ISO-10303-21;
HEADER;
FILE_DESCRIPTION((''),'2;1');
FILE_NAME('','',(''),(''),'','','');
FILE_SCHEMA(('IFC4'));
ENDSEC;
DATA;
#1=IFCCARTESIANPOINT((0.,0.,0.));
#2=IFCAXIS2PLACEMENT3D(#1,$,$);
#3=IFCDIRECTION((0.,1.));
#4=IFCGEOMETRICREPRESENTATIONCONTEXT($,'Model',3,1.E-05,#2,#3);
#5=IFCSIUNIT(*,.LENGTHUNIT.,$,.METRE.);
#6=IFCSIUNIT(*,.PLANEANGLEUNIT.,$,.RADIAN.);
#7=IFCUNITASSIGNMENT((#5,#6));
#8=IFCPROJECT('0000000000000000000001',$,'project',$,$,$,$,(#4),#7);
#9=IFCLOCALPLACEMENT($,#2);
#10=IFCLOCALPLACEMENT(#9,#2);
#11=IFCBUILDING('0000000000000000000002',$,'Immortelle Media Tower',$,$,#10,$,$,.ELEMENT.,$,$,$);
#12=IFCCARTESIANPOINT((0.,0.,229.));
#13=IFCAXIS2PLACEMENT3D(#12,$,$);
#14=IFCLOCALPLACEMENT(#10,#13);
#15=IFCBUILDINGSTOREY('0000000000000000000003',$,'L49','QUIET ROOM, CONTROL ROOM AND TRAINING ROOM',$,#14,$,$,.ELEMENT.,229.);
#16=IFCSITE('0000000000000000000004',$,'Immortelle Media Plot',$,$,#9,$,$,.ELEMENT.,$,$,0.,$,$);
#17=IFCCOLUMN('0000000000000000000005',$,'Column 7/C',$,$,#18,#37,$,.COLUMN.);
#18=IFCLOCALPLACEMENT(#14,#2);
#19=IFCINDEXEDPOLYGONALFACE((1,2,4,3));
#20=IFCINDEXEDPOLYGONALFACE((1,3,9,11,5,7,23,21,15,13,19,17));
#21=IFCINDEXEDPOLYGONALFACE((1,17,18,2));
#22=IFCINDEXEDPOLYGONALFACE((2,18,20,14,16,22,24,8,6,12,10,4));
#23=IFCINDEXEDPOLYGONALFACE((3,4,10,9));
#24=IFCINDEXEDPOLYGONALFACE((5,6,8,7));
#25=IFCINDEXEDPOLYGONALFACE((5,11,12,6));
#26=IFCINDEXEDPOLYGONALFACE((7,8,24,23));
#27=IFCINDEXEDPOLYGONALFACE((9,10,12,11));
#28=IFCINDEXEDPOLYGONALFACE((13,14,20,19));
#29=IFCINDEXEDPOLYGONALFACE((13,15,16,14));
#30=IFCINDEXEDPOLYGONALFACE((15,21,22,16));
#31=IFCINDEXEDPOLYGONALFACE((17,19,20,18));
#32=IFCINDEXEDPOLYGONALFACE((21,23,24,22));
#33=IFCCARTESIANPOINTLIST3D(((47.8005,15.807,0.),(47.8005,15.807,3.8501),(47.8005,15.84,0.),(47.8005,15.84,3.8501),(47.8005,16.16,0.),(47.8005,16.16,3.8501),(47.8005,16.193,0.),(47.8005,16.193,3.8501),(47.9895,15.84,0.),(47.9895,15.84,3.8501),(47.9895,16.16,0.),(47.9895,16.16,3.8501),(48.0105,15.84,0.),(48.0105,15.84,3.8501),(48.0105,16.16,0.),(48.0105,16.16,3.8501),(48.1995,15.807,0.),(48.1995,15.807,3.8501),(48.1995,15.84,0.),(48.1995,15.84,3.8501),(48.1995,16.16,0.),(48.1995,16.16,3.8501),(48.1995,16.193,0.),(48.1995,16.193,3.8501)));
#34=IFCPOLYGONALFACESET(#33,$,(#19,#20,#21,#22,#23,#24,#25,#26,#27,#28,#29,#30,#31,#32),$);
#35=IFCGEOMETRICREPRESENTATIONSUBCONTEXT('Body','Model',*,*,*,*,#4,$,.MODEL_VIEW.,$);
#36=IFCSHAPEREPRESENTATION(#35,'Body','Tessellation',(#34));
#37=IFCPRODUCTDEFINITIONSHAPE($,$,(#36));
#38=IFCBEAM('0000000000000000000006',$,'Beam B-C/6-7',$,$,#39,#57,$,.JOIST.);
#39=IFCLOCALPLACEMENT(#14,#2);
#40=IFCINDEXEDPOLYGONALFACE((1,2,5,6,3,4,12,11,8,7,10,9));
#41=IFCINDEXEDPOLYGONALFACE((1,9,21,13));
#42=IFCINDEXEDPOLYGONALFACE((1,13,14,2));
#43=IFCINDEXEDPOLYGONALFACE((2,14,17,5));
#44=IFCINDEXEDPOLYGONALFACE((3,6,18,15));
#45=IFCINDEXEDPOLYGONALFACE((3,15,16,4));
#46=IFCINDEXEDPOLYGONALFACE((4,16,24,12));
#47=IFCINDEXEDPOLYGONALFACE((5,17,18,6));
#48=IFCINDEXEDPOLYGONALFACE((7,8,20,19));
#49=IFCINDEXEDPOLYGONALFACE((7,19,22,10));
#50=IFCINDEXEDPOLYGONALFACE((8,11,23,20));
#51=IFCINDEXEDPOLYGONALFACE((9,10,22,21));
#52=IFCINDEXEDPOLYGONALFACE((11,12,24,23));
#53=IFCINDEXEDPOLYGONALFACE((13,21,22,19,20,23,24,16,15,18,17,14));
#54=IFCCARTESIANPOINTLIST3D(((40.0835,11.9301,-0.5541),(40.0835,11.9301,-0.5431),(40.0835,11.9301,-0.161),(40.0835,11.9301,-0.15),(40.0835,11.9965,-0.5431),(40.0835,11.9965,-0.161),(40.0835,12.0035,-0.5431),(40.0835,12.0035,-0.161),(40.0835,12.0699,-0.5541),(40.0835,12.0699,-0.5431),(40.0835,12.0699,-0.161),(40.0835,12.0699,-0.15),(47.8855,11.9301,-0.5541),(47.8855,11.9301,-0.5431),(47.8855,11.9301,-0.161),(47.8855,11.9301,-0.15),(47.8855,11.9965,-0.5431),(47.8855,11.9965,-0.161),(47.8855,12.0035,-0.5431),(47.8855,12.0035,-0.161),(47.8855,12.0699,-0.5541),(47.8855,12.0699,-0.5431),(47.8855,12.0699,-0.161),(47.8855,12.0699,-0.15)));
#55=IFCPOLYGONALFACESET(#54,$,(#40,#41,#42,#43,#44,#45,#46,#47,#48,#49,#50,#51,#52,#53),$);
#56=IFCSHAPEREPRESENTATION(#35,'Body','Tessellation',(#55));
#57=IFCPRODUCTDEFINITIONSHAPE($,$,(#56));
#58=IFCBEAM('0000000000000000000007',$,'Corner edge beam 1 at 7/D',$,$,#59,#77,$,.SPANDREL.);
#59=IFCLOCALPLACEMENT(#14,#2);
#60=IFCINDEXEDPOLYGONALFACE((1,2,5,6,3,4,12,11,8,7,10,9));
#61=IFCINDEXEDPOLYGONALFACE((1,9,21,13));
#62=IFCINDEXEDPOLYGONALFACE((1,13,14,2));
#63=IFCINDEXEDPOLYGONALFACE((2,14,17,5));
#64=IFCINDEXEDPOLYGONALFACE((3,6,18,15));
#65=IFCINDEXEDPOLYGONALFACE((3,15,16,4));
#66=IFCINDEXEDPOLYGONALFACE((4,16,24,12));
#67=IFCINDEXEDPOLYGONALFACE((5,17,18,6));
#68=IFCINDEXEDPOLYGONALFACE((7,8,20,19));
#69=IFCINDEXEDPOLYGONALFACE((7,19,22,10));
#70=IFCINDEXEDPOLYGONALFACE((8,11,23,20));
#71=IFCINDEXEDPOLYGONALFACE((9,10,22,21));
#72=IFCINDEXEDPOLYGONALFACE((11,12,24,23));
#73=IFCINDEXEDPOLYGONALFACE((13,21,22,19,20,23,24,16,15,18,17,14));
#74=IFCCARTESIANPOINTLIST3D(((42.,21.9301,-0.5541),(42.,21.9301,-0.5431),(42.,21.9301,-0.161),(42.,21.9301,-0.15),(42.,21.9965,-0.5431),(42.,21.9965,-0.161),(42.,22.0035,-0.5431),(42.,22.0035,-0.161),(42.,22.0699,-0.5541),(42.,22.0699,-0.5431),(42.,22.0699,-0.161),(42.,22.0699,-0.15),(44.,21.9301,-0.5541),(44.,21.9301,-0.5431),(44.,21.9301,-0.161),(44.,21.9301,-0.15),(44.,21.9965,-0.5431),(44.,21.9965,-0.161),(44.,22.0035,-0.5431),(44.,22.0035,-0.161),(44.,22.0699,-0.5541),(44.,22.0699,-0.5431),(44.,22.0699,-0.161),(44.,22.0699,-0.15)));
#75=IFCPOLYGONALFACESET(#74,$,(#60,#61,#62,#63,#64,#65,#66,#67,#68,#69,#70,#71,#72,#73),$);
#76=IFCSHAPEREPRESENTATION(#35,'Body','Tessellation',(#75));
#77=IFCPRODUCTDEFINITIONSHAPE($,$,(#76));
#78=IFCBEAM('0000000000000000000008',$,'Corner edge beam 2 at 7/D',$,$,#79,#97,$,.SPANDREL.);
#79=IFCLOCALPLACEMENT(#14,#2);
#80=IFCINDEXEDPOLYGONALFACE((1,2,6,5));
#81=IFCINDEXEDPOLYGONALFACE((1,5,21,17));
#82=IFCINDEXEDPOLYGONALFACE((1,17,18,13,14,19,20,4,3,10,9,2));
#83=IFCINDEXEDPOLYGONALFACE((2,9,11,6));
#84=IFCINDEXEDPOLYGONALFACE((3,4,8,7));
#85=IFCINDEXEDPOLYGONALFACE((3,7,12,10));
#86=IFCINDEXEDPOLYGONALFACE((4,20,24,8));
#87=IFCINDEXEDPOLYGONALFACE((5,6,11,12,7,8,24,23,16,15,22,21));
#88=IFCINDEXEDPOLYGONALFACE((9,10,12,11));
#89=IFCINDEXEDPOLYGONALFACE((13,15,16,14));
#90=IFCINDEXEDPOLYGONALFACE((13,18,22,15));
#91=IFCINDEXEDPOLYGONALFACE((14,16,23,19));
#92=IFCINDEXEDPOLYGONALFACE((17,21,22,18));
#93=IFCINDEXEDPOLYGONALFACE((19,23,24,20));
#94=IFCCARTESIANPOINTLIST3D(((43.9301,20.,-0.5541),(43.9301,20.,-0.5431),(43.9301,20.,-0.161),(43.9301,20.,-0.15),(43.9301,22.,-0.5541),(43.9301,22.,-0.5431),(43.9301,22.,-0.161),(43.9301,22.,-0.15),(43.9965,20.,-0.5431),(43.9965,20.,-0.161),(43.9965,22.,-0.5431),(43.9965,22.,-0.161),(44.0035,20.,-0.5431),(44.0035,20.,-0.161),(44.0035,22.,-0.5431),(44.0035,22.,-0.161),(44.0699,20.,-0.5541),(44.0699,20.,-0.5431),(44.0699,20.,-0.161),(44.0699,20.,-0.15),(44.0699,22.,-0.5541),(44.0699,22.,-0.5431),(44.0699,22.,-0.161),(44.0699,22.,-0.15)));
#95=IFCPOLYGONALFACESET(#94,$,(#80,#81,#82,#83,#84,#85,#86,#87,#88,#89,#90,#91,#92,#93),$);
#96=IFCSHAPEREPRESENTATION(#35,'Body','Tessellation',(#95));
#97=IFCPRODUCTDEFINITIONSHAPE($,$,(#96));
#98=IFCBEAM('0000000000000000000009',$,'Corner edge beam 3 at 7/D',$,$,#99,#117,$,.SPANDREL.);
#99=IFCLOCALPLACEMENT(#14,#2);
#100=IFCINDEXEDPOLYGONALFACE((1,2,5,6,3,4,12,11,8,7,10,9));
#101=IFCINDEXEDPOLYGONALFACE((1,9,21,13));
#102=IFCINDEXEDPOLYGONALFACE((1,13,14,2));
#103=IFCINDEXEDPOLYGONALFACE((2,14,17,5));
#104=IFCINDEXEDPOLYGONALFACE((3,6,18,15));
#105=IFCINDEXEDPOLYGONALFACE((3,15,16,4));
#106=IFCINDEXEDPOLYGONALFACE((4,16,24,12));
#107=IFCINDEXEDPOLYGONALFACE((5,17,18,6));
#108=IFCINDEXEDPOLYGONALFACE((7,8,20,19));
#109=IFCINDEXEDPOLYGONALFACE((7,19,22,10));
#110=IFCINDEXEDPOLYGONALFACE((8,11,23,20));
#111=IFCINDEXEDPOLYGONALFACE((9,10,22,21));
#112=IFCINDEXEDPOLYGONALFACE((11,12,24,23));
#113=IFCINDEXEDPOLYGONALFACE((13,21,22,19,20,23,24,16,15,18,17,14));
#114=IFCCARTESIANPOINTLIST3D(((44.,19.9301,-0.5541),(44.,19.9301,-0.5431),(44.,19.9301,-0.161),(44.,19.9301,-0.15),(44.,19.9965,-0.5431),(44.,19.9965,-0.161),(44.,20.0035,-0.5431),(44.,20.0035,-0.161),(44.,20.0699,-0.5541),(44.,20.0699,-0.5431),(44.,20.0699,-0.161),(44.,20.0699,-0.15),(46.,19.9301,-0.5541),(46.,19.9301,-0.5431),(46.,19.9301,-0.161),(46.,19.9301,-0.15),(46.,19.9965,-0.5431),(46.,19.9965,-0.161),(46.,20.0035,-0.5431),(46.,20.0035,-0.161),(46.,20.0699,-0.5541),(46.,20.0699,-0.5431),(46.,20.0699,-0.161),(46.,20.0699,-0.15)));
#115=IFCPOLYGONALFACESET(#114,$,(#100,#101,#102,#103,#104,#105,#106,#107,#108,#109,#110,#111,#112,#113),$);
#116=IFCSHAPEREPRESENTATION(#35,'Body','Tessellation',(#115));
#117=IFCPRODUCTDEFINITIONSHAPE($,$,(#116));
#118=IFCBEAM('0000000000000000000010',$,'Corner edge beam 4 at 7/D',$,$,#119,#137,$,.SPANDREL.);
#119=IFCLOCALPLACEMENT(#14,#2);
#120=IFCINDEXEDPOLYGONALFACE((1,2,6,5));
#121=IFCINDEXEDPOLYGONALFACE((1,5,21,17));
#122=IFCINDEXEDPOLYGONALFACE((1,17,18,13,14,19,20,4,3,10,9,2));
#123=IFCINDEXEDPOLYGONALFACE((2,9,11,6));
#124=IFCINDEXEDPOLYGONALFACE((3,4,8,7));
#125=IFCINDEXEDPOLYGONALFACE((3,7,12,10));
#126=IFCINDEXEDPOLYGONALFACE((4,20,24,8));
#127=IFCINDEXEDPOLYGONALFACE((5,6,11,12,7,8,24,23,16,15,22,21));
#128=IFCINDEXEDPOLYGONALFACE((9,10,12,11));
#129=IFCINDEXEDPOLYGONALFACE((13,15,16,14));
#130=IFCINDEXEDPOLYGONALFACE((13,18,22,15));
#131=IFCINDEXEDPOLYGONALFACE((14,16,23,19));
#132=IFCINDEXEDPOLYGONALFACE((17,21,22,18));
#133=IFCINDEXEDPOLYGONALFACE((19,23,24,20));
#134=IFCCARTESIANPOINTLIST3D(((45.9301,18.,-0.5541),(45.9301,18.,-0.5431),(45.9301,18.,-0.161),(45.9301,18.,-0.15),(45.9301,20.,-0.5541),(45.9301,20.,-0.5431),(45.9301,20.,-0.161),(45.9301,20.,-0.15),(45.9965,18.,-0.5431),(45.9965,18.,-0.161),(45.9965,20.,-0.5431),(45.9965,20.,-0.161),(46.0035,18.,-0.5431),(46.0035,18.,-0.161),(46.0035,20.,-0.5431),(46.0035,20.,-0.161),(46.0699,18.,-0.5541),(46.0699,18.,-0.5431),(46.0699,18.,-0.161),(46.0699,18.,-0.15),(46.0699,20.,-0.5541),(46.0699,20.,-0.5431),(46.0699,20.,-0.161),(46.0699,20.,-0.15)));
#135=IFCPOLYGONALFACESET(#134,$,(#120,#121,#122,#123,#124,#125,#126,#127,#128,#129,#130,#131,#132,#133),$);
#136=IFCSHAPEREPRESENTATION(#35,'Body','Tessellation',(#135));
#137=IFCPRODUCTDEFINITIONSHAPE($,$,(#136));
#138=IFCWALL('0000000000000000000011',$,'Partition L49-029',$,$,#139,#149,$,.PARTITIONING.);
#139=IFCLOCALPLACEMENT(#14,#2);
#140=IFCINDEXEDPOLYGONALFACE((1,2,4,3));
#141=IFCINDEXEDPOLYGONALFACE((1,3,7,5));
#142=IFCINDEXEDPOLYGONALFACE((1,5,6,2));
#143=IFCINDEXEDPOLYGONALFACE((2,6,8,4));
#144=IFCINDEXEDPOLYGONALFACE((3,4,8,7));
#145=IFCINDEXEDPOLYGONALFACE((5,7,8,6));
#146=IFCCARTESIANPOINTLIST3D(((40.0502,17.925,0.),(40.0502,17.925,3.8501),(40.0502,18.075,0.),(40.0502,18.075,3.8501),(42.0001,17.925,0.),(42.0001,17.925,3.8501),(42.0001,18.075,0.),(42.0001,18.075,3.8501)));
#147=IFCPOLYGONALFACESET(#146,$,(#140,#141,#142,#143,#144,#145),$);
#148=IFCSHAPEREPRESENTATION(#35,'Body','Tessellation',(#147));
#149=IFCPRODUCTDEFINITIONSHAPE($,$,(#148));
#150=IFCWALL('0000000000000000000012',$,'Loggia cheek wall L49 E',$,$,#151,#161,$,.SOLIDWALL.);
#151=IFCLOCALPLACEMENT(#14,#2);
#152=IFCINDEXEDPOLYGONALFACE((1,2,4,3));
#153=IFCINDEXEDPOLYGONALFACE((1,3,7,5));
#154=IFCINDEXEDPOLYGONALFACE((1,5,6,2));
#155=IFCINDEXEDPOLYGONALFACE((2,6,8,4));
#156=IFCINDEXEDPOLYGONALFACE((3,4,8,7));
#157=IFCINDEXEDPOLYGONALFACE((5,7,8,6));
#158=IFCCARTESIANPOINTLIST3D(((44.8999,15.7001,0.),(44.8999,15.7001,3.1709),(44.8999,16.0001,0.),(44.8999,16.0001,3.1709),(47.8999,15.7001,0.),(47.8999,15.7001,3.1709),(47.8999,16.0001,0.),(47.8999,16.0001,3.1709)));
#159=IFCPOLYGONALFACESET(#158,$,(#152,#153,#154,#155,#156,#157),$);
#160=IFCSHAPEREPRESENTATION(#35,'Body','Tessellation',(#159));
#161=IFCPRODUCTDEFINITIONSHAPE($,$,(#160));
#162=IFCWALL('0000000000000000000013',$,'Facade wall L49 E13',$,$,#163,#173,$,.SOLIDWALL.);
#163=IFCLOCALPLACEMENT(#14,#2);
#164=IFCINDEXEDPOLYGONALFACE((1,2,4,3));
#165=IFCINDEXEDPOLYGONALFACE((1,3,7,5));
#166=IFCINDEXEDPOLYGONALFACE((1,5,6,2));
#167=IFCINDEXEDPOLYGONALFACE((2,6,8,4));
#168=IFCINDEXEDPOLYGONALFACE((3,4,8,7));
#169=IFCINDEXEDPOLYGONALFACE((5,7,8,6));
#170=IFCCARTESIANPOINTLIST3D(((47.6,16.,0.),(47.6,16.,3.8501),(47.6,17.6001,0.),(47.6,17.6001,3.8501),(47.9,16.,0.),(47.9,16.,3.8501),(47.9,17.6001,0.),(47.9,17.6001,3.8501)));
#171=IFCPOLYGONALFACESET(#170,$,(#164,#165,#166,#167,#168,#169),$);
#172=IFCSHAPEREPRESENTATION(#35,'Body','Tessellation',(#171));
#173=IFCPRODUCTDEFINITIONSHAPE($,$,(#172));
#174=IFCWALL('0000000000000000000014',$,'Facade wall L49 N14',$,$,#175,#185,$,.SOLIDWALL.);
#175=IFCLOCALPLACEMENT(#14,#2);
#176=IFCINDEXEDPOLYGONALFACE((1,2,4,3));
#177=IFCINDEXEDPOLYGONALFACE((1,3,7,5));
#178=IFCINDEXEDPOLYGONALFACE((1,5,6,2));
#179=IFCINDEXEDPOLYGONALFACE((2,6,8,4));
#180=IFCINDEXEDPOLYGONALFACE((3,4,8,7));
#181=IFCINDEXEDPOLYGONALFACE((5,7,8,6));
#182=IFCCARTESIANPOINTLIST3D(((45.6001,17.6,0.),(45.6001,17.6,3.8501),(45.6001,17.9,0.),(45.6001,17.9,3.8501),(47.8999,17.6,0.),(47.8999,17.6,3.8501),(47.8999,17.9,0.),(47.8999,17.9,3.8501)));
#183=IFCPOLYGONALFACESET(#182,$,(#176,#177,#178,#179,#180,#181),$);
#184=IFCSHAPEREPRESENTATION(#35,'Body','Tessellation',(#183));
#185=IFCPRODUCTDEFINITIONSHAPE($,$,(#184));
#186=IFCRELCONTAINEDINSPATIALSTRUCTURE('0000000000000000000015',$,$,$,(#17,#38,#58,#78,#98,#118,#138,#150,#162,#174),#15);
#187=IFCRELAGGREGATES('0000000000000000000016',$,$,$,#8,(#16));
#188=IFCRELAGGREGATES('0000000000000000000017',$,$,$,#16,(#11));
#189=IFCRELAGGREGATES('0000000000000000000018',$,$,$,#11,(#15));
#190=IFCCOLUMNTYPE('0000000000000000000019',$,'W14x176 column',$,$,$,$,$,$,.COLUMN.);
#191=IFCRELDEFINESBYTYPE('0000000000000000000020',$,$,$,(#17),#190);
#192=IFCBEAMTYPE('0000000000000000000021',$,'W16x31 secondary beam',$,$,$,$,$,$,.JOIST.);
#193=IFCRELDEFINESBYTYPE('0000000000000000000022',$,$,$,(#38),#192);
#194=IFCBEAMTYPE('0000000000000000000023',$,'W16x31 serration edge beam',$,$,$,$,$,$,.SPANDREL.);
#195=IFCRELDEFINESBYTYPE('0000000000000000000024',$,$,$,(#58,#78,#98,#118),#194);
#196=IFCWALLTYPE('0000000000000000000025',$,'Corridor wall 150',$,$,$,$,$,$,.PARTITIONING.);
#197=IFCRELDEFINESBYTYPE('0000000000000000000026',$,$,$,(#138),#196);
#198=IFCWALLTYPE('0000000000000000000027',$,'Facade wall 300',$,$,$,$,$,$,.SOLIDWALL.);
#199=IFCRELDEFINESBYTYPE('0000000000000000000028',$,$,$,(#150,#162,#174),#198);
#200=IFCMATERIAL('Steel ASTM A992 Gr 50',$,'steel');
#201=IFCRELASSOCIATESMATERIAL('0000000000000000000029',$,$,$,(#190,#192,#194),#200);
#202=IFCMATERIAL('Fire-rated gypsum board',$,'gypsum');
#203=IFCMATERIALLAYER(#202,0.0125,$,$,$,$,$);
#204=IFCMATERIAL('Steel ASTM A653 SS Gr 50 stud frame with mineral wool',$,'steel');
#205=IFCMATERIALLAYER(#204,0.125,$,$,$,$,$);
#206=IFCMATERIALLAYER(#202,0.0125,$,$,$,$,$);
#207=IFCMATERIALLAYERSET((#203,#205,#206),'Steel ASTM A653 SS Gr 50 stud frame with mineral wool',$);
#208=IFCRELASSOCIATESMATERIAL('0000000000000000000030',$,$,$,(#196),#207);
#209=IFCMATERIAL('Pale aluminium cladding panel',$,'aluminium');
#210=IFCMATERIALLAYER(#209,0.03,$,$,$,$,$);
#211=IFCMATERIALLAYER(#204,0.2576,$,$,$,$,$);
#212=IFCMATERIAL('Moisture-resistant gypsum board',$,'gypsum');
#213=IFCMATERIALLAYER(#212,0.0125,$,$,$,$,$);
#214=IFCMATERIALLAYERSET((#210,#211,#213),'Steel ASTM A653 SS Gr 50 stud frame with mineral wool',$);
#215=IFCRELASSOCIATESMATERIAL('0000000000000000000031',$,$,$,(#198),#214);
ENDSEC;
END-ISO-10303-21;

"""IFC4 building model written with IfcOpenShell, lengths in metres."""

from ifc_helpers import new_model, si_unit, direction, frame, frame_2d, origin, origin_2d, place, context, subcontext, project, spatial, rectangle, i_section, extrude, material, layer, layer_set, material_profile, profile_set, type_object, element, save


model = new_model("IFC4")

# Units and contexts
model_context = context("Model", 3, precision=1e-05, world=origin(), true_north=direction((0.0, 1.0)))
body_context = subcontext(model_context, "Body", "Model", "MODEL_VIEW")
ifc_project = project(units=[si_unit("LENGTHUNIT", "METRE"), si_unit("PLANEANGLEUNIT", "RADIAN")], contexts=[model_context])

# Site, building, storey
site_placement = place(None, origin())
site = spatial("IfcSite", under=ifc_project, at=site_placement, Name="Immortelle Media Plot", CompositionType="ELEMENT", RefElevation=0.0)
building_placement = place(site_placement, origin())
building = spatial("IfcBuilding", under=site, at=building_placement, Name="Immortelle Media Tower", CompositionType="ELEMENT")
storey_placement = place(building_placement, frame((0.0, 0.0, 229.0)))
storey = spatial("IfcBuildingStorey", under=building, at=storey_placement, Name="L49", Description="QUIET ROOM, CONTROL ROOM AND TRAINING ROOM", CompositionType="ELEMENT", Elevation=229.0)

# Column
ifc_material_1 = material(Name="Steel ASTM A992 Gr 50", Category="steel")
ifc_material_profile_1 = material_profile(ifc_material_1, i_section(OverallWidth=0.3989, OverallDepth=0.386, WebThickness=0.021, FlangeThickness=0.033, at=origin_2d()), Name="W14x176")
ifc_profile_set_1 = profile_set([ifc_material_profile_1], Name="Steel ASTM A992 Gr 50")
column_type = type_object("IfcColumnType", Name="W14x176 column", PredefinedType="COLUMN", material=ifc_profile_set_1)
column_placement = place(storey_placement, frame((48.0, 16.0, 0.0), z_axis=(0.0, 0.0, 1.0), x_axis=(1.0, 0.0, 0.0)))
element("IfcColumn", 1, at=column_placement, inside=storey, type_object=column_type, Name="Column 7/C", PredefinedType="COLUMN", context=body_context, shape_type="SweptSolid", body=[
    extrude(i_section(OverallWidth=0.3989, OverallDepth=0.386, WebThickness=0.021, FlangeThickness=0.033, at=origin_2d()), origin(), (0.0, 0.0, 1.0), 3.8501),
])

# Beams
ifc_material_profile_2 = material_profile(ifc_material_1, i_section(OverallWidth=0.1399, OverallDepth=0.4041, WebThickness=0.0071, FlangeThickness=0.011, at=origin_2d()), Name="W16x31")
ifc_profile_set_2 = profile_set([ifc_material_profile_2], Name="Steel ASTM A992 Gr 50")
beam_type_1 = type_object("IfcBeamType", Name="W16x31 secondary beam", PredefinedType="JOIST", material=ifc_profile_set_2)
beam_placement = place(storey_placement, frame((40.0835, 12.0, -0.3521), z_axis=(1.0, 0.0, 0.0), x_axis=(0.0, 1.0, 0.0)))
element("IfcBeam", 2, at=beam_placement, inside=storey, type_object=beam_type_1, Name="Beam B-C/6-7", PredefinedType="JOIST", context=body_context, shape_type="SweptSolid", body=[
    extrude(i_section(OverallWidth=0.1399, OverallDepth=0.4041, WebThickness=0.0071, FlangeThickness=0.011, at=origin_2d()), origin(), (0.0, 0.0, 1.0), 7.802),
])
ifc_material_profile_3 = material_profile(ifc_material_1, i_section(OverallWidth=0.1399, OverallDepth=0.4041, WebThickness=0.0071, FlangeThickness=0.011, at=origin_2d()), Name="W16x31")
ifc_profile_set_3 = profile_set([ifc_material_profile_3], Name="Steel ASTM A992 Gr 50")
beam_type_2 = type_object("IfcBeamType", Name="W16x31 serration edge beam", PredefinedType="SPANDREL", material=ifc_profile_set_3)
for number, where, z_axis, x_axis, name in (
    (3, (42.0, 22.0, -0.3521), (1.0, 0.0, 0.0), (0.0, 1.0, 0.0), "Corner edge beam 1 at 7/D"),
    (4, (44.0, 22.0, -0.3521), (0.0, -1.0, 0.0), (1.0, 0.0, 0.0), "Corner edge beam 2 at 7/D"),
    (5, (44.0, 20.0, -0.3521), (1.0, 0.0, 0.0), (0.0, 1.0, 0.0), "Corner edge beam 3 at 7/D"),
    (6, (46.0, 20.0, -0.3521), (0.0, -1.0, 0.0), (1.0, 0.0, 0.0), "Corner edge beam 4 at 7/D"),
):
    element("IfcBeam", number, at=place(storey_placement, frame(where, z_axis=z_axis, x_axis=x_axis)), inside=storey, type_object=beam_type_2, Name=name, PredefinedType="SPANDREL", context=body_context, shape_type="SweptSolid", body=[
        extrude(i_section(OverallWidth=0.1399, OverallDepth=0.4041, WebThickness=0.0071, FlangeThickness=0.011, at=origin_2d()), origin(), (0.0, 0.0, 1.0), 2.0),
    ])

# Walls
ifc_material_2 = material(Name="Fire-rated gypsum board", Category="gypsum")
ifc_layer_1 = layer(ifc_material_2, 0.0125)
ifc_material_3 = material(Name="Steel ASTM A653 SS Gr 50 stud frame with mineral wool", Category="steel")
ifc_layer_2 = layer(ifc_material_3, 0.125)
ifc_layer_3 = layer(ifc_material_2, 0.0125)
ifc_layer_set_1 = layer_set([ifc_layer_1, ifc_layer_2, ifc_layer_3], Name="Steel ASTM A653 SS Gr 50 stud frame with mineral wool")
wall_type_1 = type_object("IfcWallType", Name="Corridor wall 150", PredefinedType="PARTITIONING", material=ifc_layer_set_1)
wall_1_placement = place(storey_placement, frame((40.05, 18.0, 0.0), z_axis=(0.0, 0.0, 1.0), x_axis=(1.0, 0.0, 0.0)))
element("IfcWall", 7, at=wall_1_placement, inside=storey, type_object=wall_type_1, Name="Partition L49-029", PredefinedType="PARTITIONING", context=body_context, shape_type="SweptSolid", body=[
    extrude(rectangle(XDim=1.95, YDim=0.1499, at=frame_2d((0.9751, 0.0))), origin(), (0.0, 0.0, 1.0), 3.8501),
])
ifc_material_4 = material(Name="Pale aluminium cladding panel", Category="aluminium")
ifc_layer_4 = layer(ifc_material_4, 0.03)
ifc_layer_5 = layer(ifc_material_3, 0.2576)
ifc_material_5 = material(Name="Moisture-resistant gypsum board", Category="gypsum")
ifc_layer_6 = layer(ifc_material_5, 0.0125)
ifc_layer_set_2 = layer_set([ifc_layer_4, ifc_layer_5, ifc_layer_6], Name="Steel ASTM A653 SS Gr 50 stud frame with mineral wool")
wall_type_2 = type_object("IfcWallType", Name="Facade wall 300", PredefinedType="SOLIDWALL", material=ifc_layer_set_2)
wall_2_placement = place(storey_placement, frame((47.8999, 15.8501, 0.0), z_axis=(0.0, 0.0, 1.0), x_axis=(-1.0, 0.0, 0.0)))
element("IfcWall", 8, at=wall_2_placement, inside=storey, type_object=wall_type_2, Name="Loggia cheek wall L49 E", PredefinedType="SOLIDWALL", context=body_context, shape_type="SweptSolid", body=[
    extrude(rectangle(XDim=3.0, YDim=0.3, at=frame_2d((1.5, 0.0))), origin(), (0.0, 0.0, 1.0), 3.1709),
])
wall_3_placement = place(storey_placement, frame((47.75, 16.0, 0.0), z_axis=(0.0, 0.0, 1.0), x_axis=(0.0, 1.0, 0.0)))
element("IfcWall", 9, at=wall_3_placement, inside=storey, type_object=wall_type_2, Name="Facade wall L49 E13", PredefinedType="SOLIDWALL", context=body_context, shape_type="SweptSolid", body=[
    extrude(rectangle(XDim=1.6001, YDim=0.3, at=frame_2d((0.8, 0.0))), origin(), (0.0, 0.0, 1.0), 3.8501),
])
wall_4_placement = place(storey_placement, frame((47.8999, 17.75, 0.0), z_axis=(0.0, 0.0, 1.0), x_axis=(-1.0, 0.0, 0.0)))
element("IfcWall", 10, at=wall_4_placement, inside=storey, type_object=wall_type_2, Name="Facade wall L49 N14", PredefinedType="SOLIDWALL", context=body_context, shape_type="SweptSolid", body=[
    extrude(rectangle(XDim=2.2998, YDim=0.3, at=frame_2d((1.1499, 0.0))), origin(), (0.0, 0.0, 1.0), 3.8501),
])

save(model, "model.ifc")
